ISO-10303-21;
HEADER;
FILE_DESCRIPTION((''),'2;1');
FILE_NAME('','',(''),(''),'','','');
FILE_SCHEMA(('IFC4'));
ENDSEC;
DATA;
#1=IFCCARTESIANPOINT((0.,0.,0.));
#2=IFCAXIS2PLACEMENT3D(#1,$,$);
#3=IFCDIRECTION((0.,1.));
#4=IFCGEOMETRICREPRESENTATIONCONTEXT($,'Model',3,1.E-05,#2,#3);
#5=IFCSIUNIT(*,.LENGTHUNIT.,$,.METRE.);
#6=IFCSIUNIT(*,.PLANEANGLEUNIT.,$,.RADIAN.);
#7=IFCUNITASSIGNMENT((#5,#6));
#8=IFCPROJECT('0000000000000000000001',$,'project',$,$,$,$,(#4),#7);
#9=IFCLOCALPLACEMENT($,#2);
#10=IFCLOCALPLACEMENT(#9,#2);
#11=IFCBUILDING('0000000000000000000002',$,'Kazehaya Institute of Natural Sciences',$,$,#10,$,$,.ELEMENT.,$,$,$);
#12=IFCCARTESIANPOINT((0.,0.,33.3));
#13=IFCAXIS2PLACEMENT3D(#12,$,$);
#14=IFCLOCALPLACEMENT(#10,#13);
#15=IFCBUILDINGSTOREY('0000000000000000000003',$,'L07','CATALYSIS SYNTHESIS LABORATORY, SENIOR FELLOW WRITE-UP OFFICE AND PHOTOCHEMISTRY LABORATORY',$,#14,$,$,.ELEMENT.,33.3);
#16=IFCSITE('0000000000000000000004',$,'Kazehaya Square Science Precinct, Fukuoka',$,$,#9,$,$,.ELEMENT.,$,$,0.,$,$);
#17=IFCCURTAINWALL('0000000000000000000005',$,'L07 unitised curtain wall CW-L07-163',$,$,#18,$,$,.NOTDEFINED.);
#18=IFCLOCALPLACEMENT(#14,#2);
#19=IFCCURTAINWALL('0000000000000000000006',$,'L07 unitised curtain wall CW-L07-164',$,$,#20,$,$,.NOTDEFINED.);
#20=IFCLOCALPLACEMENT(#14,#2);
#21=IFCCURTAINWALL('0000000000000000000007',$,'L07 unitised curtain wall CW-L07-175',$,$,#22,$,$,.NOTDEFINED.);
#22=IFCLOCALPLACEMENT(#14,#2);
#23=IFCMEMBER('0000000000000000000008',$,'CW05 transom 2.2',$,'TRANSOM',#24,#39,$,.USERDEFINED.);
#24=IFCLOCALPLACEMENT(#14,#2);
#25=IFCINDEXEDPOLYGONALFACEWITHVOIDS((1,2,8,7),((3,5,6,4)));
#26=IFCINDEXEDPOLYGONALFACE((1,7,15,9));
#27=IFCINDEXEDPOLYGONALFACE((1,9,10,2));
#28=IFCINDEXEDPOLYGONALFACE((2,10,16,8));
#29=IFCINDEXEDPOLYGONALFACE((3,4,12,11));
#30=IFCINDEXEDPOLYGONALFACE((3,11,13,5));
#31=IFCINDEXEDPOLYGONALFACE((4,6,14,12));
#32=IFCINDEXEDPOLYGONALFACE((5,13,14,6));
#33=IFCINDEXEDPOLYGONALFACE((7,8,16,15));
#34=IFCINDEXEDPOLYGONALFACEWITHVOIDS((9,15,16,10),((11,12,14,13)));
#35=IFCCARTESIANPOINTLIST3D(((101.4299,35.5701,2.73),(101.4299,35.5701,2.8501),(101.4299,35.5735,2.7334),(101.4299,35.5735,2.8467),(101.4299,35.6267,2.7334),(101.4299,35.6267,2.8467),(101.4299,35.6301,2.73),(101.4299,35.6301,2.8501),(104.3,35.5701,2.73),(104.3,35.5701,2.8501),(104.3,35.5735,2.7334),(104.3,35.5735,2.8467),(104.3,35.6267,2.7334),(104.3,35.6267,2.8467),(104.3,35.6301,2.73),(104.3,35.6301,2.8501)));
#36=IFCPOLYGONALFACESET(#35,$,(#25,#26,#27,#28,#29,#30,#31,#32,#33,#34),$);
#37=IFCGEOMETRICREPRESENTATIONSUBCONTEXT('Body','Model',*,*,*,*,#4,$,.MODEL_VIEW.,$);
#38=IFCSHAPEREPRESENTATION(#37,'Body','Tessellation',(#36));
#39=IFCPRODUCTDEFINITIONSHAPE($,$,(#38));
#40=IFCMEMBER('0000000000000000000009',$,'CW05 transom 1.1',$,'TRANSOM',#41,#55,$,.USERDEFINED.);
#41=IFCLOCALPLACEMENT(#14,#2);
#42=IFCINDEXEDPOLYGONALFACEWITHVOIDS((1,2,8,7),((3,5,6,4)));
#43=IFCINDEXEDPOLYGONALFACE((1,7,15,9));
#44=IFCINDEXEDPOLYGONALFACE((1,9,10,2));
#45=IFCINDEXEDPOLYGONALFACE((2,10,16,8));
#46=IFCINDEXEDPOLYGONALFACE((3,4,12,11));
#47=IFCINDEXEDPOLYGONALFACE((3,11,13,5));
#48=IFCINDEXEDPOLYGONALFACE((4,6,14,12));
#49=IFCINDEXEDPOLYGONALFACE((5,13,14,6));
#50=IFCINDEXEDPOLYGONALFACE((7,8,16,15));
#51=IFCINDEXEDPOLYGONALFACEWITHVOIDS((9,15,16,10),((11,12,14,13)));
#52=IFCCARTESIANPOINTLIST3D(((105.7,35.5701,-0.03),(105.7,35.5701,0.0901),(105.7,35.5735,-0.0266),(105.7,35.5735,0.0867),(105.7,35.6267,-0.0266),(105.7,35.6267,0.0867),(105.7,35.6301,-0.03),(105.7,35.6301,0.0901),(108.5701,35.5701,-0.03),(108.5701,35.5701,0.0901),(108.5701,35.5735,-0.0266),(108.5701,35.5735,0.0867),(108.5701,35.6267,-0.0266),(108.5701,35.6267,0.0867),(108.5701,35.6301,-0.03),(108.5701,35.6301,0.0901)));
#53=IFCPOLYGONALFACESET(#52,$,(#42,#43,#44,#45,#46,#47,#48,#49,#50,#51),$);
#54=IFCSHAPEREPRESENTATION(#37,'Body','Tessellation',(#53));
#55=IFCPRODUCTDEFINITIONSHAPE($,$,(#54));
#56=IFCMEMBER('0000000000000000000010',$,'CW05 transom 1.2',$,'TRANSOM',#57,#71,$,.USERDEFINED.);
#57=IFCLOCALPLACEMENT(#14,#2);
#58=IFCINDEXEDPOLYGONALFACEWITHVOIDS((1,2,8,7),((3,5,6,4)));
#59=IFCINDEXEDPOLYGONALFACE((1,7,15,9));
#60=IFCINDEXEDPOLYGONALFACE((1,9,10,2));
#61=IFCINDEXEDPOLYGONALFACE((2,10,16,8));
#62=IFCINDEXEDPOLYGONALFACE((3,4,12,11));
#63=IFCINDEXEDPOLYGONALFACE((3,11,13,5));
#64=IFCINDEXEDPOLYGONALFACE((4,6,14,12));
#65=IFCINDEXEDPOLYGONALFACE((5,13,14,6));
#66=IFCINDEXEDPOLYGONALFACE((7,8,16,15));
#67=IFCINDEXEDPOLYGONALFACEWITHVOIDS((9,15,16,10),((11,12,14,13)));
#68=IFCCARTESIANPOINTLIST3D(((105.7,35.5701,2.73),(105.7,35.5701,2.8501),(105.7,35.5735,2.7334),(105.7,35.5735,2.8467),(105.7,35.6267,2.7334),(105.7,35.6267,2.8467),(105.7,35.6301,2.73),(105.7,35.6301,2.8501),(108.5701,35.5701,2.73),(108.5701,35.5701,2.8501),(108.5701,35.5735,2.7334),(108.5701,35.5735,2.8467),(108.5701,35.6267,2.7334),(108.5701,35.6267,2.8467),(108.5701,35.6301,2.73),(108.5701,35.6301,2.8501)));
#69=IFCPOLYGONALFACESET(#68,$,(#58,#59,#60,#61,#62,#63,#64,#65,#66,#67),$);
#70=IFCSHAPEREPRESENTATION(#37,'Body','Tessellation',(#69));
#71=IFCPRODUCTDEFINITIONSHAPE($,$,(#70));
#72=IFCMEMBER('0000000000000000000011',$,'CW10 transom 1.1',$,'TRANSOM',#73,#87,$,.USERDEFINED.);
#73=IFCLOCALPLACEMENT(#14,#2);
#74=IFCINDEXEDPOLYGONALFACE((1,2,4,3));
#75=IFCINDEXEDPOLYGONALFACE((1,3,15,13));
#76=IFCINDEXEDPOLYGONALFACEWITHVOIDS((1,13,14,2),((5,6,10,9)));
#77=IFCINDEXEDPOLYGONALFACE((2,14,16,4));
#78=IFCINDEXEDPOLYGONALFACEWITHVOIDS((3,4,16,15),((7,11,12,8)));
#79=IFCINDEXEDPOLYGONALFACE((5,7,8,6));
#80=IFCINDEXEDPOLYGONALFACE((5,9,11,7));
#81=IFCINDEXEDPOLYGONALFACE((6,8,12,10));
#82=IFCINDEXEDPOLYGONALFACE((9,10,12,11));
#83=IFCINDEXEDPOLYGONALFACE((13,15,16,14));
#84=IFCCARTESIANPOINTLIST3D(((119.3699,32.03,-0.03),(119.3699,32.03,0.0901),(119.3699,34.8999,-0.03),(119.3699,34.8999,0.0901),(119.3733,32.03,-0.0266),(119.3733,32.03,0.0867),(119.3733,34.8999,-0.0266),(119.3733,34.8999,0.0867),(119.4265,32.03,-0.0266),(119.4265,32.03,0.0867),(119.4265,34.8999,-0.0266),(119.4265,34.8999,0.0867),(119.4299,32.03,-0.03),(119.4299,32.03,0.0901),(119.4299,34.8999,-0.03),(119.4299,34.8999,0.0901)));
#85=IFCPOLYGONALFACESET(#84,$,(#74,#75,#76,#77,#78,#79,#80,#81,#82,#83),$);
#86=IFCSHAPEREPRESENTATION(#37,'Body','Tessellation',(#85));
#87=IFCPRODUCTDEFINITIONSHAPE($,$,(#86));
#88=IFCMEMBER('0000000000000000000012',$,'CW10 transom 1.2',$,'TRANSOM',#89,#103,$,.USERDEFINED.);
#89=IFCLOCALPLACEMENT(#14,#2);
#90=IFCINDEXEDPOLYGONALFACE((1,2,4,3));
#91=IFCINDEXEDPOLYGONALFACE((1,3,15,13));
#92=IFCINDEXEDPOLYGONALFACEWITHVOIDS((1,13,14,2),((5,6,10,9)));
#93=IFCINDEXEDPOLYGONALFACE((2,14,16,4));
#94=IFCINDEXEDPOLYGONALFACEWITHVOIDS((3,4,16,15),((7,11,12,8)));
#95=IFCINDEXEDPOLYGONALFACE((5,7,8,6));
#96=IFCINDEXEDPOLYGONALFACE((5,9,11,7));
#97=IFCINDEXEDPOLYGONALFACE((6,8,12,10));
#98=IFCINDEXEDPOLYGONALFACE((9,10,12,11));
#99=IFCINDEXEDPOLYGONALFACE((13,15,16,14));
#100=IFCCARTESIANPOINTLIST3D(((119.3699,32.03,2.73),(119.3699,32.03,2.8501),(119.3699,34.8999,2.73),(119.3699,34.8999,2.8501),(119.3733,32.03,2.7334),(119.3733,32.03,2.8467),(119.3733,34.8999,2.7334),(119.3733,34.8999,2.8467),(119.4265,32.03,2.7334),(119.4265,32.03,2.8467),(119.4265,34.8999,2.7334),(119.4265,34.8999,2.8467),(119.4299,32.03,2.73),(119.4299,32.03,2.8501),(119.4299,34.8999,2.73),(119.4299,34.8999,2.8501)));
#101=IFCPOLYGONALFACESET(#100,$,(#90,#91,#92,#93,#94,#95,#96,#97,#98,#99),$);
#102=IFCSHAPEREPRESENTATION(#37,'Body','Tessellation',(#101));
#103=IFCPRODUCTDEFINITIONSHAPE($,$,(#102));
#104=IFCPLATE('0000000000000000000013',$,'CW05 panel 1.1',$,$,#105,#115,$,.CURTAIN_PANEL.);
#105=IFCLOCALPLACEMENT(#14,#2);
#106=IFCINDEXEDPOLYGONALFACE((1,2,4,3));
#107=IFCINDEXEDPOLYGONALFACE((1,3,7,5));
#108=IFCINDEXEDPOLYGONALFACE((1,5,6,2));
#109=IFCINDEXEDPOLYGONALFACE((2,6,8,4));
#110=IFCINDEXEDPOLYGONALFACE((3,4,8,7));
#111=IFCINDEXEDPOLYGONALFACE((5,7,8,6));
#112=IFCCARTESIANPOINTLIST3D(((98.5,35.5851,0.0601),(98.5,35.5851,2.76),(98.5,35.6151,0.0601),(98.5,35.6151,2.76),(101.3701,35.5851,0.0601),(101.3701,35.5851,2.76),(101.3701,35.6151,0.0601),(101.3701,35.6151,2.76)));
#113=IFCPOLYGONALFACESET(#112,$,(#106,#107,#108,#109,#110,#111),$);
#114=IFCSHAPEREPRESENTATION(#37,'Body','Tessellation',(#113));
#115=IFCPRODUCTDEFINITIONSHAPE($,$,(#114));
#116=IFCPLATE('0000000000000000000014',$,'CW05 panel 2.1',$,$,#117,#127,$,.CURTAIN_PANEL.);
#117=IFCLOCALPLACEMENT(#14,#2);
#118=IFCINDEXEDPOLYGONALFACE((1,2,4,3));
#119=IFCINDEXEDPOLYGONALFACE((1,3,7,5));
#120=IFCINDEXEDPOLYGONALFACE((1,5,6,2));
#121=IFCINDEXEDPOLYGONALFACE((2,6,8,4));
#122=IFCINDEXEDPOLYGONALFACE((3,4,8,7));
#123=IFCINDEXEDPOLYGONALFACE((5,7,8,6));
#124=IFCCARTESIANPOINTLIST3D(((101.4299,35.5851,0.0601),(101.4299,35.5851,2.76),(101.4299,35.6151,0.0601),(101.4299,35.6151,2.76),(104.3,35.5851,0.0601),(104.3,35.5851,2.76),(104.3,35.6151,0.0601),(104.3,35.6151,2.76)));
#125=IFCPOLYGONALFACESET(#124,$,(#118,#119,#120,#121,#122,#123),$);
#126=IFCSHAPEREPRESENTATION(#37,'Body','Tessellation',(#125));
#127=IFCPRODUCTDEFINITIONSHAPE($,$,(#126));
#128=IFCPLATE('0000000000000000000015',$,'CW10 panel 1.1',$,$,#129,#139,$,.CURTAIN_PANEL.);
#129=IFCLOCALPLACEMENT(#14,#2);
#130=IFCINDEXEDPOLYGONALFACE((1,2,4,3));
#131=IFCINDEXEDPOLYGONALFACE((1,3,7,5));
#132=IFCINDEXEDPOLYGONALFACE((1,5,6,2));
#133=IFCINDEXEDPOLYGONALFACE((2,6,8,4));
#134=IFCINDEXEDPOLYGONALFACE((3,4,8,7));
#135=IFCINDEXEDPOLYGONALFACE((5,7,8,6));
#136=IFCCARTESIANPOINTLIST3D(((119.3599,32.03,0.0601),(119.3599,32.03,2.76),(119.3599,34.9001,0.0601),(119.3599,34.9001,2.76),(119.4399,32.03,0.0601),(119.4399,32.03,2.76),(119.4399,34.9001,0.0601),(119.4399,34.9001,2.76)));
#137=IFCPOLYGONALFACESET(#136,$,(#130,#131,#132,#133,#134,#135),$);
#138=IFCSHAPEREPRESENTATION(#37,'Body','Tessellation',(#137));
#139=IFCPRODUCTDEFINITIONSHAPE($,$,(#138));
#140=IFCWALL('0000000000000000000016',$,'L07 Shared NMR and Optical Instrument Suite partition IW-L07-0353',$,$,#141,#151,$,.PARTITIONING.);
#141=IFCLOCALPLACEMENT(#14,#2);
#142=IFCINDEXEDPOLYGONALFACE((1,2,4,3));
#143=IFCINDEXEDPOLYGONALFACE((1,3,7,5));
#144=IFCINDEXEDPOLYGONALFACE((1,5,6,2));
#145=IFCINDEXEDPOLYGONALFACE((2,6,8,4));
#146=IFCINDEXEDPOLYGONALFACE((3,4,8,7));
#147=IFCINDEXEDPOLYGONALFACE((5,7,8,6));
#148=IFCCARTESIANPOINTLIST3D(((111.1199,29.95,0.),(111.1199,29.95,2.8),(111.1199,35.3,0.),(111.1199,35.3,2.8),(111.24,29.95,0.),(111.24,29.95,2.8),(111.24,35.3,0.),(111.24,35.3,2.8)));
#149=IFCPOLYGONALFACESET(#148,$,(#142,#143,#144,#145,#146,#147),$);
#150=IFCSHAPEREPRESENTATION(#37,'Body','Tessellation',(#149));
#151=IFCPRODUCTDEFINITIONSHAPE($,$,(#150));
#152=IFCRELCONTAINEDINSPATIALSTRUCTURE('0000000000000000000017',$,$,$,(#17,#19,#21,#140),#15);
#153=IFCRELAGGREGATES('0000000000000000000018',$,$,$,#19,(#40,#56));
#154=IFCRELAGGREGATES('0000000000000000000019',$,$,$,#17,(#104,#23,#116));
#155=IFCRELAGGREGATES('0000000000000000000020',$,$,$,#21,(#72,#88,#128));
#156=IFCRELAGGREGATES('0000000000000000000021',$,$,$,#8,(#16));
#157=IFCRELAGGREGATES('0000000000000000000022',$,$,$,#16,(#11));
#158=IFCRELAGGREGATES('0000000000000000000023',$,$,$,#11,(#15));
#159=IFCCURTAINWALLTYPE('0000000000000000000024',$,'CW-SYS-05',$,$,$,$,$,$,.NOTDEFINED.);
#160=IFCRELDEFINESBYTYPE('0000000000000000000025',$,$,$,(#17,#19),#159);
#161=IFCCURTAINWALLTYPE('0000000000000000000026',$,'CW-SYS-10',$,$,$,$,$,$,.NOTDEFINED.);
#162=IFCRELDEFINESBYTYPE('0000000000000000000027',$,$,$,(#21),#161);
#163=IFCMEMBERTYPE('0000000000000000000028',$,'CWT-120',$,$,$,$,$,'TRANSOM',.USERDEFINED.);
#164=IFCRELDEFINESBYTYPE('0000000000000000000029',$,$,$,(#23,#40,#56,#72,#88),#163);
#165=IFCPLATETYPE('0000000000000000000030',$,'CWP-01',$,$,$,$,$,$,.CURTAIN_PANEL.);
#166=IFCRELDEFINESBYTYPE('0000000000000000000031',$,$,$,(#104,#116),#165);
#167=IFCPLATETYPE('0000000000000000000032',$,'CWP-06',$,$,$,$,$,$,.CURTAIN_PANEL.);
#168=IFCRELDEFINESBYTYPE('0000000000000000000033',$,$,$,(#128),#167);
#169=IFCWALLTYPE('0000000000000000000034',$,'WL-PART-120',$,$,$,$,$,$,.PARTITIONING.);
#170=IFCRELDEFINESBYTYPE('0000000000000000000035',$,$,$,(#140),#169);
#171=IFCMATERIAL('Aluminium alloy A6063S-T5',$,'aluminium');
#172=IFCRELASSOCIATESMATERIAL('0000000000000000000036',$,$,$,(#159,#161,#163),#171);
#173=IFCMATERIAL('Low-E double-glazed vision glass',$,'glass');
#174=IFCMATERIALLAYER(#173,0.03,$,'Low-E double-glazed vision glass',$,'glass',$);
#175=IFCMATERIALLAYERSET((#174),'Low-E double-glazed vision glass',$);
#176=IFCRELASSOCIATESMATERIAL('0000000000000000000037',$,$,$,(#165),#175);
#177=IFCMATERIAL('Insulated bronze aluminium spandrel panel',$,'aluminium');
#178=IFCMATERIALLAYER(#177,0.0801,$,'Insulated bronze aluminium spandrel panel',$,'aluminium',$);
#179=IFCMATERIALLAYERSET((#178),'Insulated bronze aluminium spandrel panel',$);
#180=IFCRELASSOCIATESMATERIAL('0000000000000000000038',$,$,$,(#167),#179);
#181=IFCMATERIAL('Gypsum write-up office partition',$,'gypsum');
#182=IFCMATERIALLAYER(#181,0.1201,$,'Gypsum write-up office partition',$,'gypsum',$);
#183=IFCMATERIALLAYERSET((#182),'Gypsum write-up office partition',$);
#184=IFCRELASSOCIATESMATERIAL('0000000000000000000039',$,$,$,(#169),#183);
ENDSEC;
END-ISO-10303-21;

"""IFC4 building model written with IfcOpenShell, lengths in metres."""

from ifc_helpers import new_model, si_unit, direction, frame, frame_2d, origin, origin_2d, place, context, subcontext, project, spatial, rectangle, hollow_rectangle, extrude, material, layer, layer_set, material_profile, profile_set, type_object, element, aggregate, save


model = new_model("IFC4")

# Units and contexts
model_context = context("Model", 3, precision=1e-05, world=origin(), true_north=direction((0.0, 1.0)))
body_context = subcontext(model_context, "Body", "Model", "MODEL_VIEW")
ifc_project = project(units=[si_unit("LENGTHUNIT", "METRE"), si_unit("PLANEANGLEUNIT", "RADIAN")], contexts=[model_context])

# Site, building, storey
site_placement = place(None, origin())
site = spatial("IfcSite", under=ifc_project, at=site_placement, Name="Kazehaya Square Science Precinct, Fukuoka", CompositionType="ELEMENT", RefElevation=0.0)
building_placement = place(site_placement, origin())
building = spatial("IfcBuilding", under=site, at=building_placement, Name="Kazehaya Institute of Natural Sciences", CompositionType="ELEMENT")
storey_placement = place(building_placement, frame((0.0, 0.0, 33.3)))
storey = spatial("IfcBuildingStorey", under=building, at=storey_placement, Name="L07", Description="CATALYSIS SYNTHESIS LABORATORY, SENIOR FELLOW WRITE-UP OFFICE AND PHOTOCHEMISTRY LABORATORY", CompositionType="ELEMENT", Elevation=33.3)

# Curtain wall
ifc_material_1 = material(Name="Aluminium alloy A6063S-T5", Category="aluminium")
curtain_wall_type_1 = type_object("IfcCurtainWallType", Name="CW-SYS-05", PredefinedType="NOTDEFINED", material=ifc_material_1)
curtain_wall_1_placement = place(storey_placement, origin())
curtain_wall_1 = element("IfcCurtainWall", 1, at=curtain_wall_1_placement, inside=storey, type_object=curtain_wall_type_1, Name="L07 unitised curtain wall CW-L07-163", PredefinedType="NOTDEFINED")

# Curtain walls
curtain_wall_2_placement = place(storey_placement, origin())
curtain_wall_2 = element("IfcCurtainWall", 2, at=curtain_wall_2_placement, inside=storey, type_object=curtain_wall_type_1, Name="L07 unitised curtain wall CW-L07-164", PredefinedType="NOTDEFINED")
curtain_wall_type_2 = type_object("IfcCurtainWallType", Name="CW-SYS-10", PredefinedType="NOTDEFINED", material=ifc_material_1)
curtain_wall_3_placement = place(storey_placement, origin())
curtain_wall_3 = element("IfcCurtainWall", 3, at=curtain_wall_3_placement, inside=storey, type_object=curtain_wall_type_2, Name="L07 unitised curtain wall CW-L07-175", PredefinedType="NOTDEFINED")

# Members
ifc_material_profile_1 = material_profile(ifc_material_1, hollow_rectangle(XDim=0.0601, YDim=0.1201, WallThickness=0.0034, at=origin_2d()), Name="ALU-60x120x3.5")
ifc_profile_set_1 = profile_set([ifc_material_profile_1], Name="Aluminium alloy A6063S-T5")
member_type_1 = type_object("IfcMemberType", Name="CWT-120", ElementType="TRANSOM", PredefinedType="USERDEFINED", material=ifc_profile_set_1)
member_1_placement = place(storey_placement, frame((101.4299, 35.6001, 2.79), z_axis=(1.0, 0.0, 0.0), x_axis=(0.0, 1.0, 0.0)))
member_1 = element("IfcMember", 4, at=member_1_placement, type_object=member_type_1, Name="CW05 transom 2.2", ObjectType="TRANSOM", PredefinedType="USERDEFINED", context=body_context, shape_type="SweptSolid", body=[
    extrude(hollow_rectangle(XDim=0.0601, YDim=0.1201, WallThickness=0.0034, at=origin_2d()), origin(), (0.0, 0.0, 1.0), 2.8701),
])
member_2_placement = place(storey_placement, frame((105.7, 35.6001, 0.03), z_axis=(1.0, 0.0, 0.0), x_axis=(0.0, 1.0, 0.0)))
member_2 = element("IfcMember", 5, at=member_2_placement, type_object=member_type_1, Name="CW05 transom 1.1", ObjectType="TRANSOM", PredefinedType="USERDEFINED", context=body_context, shape_type="SweptSolid", body=[
    extrude(hollow_rectangle(XDim=0.0601, YDim=0.1201, WallThickness=0.0034, at=origin_2d()), origin(), (0.0, 0.0, 1.0), 2.8701),
])
member_3_placement = place(storey_placement, frame((105.7, 35.6001, 2.79), z_axis=(1.0, 0.0, 0.0), x_axis=(0.0, 1.0, 0.0)))
member_3 = element("IfcMember", 6, at=member_3_placement, type_object=member_type_1, Name="CW05 transom 1.2", ObjectType="TRANSOM", PredefinedType="USERDEFINED", context=body_context, shape_type="SweptSolid", body=[
    extrude(hollow_rectangle(XDim=0.0601, YDim=0.1201, WallThickness=0.0034, at=origin_2d()), origin(), (0.0, 0.0, 1.0), 2.8701),
])
aggregate(curtain_wall_2, [member_2, member_3])
member_4_placement = place(storey_placement, frame((119.3999, 34.8999, 0.03), z_axis=(0.0, -1.0, 0.0), x_axis=(1.0, 0.0, 0.0)))
member_4 = element("IfcMember", 7, at=member_4_placement, type_object=member_type_1, Name="CW10 transom 1.1", ObjectType="TRANSOM", PredefinedType="USERDEFINED", context=body_context, shape_type="SweptSolid", body=[
    extrude(hollow_rectangle(XDim=0.0601, YDim=0.1201, WallThickness=0.0034, at=origin_2d()), origin(), (0.0, 0.0, 1.0), 2.8699),
])
member_5_placement = place(storey_placement, frame((119.3999, 34.8999, 2.79), z_axis=(0.0, -1.0, 0.0), x_axis=(1.0, 0.0, 0.0)))
member_5 = element("IfcMember", 8, at=member_5_placement, type_object=member_type_1, Name="CW10 transom 1.2", ObjectType="TRANSOM", PredefinedType="USERDEFINED", context=body_context, shape_type="SweptSolid", body=[
    extrude(hollow_rectangle(XDim=0.0601, YDim=0.1201, WallThickness=0.0034, at=origin_2d()), origin(), (0.0, 0.0, 1.0), 2.8699),
])

# Plates
ifc_material_2 = material(Name="Low-E double-glazed vision glass", Category="glass")
ifc_layer_1 = layer(ifc_material_2, 0.03, Name="Low-E double-glazed vision glass", Category="glass")
ifc_layer_set_1 = layer_set([ifc_layer_1], Name="Low-E double-glazed vision glass")
plate_type_1 = type_object("IfcPlateType", Name="CWP-01", PredefinedType="CURTAIN_PANEL", material=ifc_layer_set_1)
plate_1_placement = place(storey_placement, frame((99.9351, 35.6001, 0.0601), z_axis=(0.0, 0.0, 1.0), x_axis=(1.0, 0.0, 0.0)))
plate_1 = element("IfcPlate", 9, at=plate_1_placement, type_object=plate_type_1, Name="CW05 panel 1.1", PredefinedType="CURTAIN_PANEL", context=body_context, shape_type="SweptSolid", body=[
    extrude(rectangle(XDim=2.8701, YDim=0.03, at=origin_2d()), origin(), (0.0, 0.0, 1.0), 2.7),
])
plate_2_placement = place(storey_placement, frame((102.865, 35.6001, 0.0601), z_axis=(0.0, 0.0, 1.0), x_axis=(1.0, 0.0, 0.0)))
plate_2 = element("IfcPlate", 10, at=plate_2_placement, type_object=plate_type_1, Name="CW05 panel 2.1", PredefinedType="CURTAIN_PANEL", context=body_context, shape_type="SweptSolid", body=[
    extrude(rectangle(XDim=2.8701, YDim=0.03, at=origin_2d()), origin(), (0.0, 0.0, 1.0), 2.7),
])
aggregate(curtain_wall_1, [plate_1, member_1, plate_2])
ifc_material_3 = material(Name="Insulated bronze aluminium spandrel panel", Category="aluminium")
ifc_layer_2 = layer(ifc_material_3, 0.0801, Name="Insulated bronze aluminium spandrel panel", Category="aluminium")
ifc_layer_set_2 = layer_set([ifc_layer_2], Name="Insulated bronze aluminium spandrel panel")
plate_type_2 = type_object("IfcPlateType", Name="CWP-06", PredefinedType="CURTAIN_PANEL", material=ifc_layer_set_2)
plate_3_placement = place(storey_placement, frame((119.3999, 33.4651, 0.0601), z_axis=(0.0, 0.0, 1.0), x_axis=(0.0, -1.0, 0.0)))
plate_3 = element("IfcPlate", 11, at=plate_3_placement, type_object=plate_type_2, Name="CW10 panel 1.1", PredefinedType="CURTAIN_PANEL", context=body_context, shape_type="SweptSolid", body=[
    extrude(rectangle(XDim=2.8701, YDim=0.0801, at=origin_2d()), origin(), (0.0, 0.0, 1.0), 2.7),
])
aggregate(curtain_wall_3, [member_4, member_5, plate_3])

# Wall
ifc_material_4 = material(Name="Gypsum write-up office partition", Category="gypsum")
ifc_layer_3 = layer(ifc_material_4, 0.1201, Name="Gypsum write-up office partition", Category="gypsum")
ifc_layer_set_3 = layer_set([ifc_layer_3], Name="Gypsum write-up office partition")
wall_type = type_object("IfcWallType", Name="WL-PART-120", PredefinedType="PARTITIONING", material=ifc_layer_set_3)
wall_placement = place(storey_placement, frame((111.1799, 35.3, 0.0), z_axis=(0.0, 0.0, 1.0), x_axis=(0.0, -1.0, 0.0)))
element("IfcWall", 12, at=wall_placement, inside=storey, type_object=wall_type, Name="L07 Shared NMR and Optical Instrument Suite partition IW-L07-0353", PredefinedType="PARTITIONING", context=body_context, shape_type="SweptSolid", body=[
    extrude(rectangle(XDim=5.3501, YDim=0.1201, at=frame_2d((2.675, 0.0))), origin(), (0.0, 0.0, 1.0), 2.8),
])

save(model, "model.ifc")
